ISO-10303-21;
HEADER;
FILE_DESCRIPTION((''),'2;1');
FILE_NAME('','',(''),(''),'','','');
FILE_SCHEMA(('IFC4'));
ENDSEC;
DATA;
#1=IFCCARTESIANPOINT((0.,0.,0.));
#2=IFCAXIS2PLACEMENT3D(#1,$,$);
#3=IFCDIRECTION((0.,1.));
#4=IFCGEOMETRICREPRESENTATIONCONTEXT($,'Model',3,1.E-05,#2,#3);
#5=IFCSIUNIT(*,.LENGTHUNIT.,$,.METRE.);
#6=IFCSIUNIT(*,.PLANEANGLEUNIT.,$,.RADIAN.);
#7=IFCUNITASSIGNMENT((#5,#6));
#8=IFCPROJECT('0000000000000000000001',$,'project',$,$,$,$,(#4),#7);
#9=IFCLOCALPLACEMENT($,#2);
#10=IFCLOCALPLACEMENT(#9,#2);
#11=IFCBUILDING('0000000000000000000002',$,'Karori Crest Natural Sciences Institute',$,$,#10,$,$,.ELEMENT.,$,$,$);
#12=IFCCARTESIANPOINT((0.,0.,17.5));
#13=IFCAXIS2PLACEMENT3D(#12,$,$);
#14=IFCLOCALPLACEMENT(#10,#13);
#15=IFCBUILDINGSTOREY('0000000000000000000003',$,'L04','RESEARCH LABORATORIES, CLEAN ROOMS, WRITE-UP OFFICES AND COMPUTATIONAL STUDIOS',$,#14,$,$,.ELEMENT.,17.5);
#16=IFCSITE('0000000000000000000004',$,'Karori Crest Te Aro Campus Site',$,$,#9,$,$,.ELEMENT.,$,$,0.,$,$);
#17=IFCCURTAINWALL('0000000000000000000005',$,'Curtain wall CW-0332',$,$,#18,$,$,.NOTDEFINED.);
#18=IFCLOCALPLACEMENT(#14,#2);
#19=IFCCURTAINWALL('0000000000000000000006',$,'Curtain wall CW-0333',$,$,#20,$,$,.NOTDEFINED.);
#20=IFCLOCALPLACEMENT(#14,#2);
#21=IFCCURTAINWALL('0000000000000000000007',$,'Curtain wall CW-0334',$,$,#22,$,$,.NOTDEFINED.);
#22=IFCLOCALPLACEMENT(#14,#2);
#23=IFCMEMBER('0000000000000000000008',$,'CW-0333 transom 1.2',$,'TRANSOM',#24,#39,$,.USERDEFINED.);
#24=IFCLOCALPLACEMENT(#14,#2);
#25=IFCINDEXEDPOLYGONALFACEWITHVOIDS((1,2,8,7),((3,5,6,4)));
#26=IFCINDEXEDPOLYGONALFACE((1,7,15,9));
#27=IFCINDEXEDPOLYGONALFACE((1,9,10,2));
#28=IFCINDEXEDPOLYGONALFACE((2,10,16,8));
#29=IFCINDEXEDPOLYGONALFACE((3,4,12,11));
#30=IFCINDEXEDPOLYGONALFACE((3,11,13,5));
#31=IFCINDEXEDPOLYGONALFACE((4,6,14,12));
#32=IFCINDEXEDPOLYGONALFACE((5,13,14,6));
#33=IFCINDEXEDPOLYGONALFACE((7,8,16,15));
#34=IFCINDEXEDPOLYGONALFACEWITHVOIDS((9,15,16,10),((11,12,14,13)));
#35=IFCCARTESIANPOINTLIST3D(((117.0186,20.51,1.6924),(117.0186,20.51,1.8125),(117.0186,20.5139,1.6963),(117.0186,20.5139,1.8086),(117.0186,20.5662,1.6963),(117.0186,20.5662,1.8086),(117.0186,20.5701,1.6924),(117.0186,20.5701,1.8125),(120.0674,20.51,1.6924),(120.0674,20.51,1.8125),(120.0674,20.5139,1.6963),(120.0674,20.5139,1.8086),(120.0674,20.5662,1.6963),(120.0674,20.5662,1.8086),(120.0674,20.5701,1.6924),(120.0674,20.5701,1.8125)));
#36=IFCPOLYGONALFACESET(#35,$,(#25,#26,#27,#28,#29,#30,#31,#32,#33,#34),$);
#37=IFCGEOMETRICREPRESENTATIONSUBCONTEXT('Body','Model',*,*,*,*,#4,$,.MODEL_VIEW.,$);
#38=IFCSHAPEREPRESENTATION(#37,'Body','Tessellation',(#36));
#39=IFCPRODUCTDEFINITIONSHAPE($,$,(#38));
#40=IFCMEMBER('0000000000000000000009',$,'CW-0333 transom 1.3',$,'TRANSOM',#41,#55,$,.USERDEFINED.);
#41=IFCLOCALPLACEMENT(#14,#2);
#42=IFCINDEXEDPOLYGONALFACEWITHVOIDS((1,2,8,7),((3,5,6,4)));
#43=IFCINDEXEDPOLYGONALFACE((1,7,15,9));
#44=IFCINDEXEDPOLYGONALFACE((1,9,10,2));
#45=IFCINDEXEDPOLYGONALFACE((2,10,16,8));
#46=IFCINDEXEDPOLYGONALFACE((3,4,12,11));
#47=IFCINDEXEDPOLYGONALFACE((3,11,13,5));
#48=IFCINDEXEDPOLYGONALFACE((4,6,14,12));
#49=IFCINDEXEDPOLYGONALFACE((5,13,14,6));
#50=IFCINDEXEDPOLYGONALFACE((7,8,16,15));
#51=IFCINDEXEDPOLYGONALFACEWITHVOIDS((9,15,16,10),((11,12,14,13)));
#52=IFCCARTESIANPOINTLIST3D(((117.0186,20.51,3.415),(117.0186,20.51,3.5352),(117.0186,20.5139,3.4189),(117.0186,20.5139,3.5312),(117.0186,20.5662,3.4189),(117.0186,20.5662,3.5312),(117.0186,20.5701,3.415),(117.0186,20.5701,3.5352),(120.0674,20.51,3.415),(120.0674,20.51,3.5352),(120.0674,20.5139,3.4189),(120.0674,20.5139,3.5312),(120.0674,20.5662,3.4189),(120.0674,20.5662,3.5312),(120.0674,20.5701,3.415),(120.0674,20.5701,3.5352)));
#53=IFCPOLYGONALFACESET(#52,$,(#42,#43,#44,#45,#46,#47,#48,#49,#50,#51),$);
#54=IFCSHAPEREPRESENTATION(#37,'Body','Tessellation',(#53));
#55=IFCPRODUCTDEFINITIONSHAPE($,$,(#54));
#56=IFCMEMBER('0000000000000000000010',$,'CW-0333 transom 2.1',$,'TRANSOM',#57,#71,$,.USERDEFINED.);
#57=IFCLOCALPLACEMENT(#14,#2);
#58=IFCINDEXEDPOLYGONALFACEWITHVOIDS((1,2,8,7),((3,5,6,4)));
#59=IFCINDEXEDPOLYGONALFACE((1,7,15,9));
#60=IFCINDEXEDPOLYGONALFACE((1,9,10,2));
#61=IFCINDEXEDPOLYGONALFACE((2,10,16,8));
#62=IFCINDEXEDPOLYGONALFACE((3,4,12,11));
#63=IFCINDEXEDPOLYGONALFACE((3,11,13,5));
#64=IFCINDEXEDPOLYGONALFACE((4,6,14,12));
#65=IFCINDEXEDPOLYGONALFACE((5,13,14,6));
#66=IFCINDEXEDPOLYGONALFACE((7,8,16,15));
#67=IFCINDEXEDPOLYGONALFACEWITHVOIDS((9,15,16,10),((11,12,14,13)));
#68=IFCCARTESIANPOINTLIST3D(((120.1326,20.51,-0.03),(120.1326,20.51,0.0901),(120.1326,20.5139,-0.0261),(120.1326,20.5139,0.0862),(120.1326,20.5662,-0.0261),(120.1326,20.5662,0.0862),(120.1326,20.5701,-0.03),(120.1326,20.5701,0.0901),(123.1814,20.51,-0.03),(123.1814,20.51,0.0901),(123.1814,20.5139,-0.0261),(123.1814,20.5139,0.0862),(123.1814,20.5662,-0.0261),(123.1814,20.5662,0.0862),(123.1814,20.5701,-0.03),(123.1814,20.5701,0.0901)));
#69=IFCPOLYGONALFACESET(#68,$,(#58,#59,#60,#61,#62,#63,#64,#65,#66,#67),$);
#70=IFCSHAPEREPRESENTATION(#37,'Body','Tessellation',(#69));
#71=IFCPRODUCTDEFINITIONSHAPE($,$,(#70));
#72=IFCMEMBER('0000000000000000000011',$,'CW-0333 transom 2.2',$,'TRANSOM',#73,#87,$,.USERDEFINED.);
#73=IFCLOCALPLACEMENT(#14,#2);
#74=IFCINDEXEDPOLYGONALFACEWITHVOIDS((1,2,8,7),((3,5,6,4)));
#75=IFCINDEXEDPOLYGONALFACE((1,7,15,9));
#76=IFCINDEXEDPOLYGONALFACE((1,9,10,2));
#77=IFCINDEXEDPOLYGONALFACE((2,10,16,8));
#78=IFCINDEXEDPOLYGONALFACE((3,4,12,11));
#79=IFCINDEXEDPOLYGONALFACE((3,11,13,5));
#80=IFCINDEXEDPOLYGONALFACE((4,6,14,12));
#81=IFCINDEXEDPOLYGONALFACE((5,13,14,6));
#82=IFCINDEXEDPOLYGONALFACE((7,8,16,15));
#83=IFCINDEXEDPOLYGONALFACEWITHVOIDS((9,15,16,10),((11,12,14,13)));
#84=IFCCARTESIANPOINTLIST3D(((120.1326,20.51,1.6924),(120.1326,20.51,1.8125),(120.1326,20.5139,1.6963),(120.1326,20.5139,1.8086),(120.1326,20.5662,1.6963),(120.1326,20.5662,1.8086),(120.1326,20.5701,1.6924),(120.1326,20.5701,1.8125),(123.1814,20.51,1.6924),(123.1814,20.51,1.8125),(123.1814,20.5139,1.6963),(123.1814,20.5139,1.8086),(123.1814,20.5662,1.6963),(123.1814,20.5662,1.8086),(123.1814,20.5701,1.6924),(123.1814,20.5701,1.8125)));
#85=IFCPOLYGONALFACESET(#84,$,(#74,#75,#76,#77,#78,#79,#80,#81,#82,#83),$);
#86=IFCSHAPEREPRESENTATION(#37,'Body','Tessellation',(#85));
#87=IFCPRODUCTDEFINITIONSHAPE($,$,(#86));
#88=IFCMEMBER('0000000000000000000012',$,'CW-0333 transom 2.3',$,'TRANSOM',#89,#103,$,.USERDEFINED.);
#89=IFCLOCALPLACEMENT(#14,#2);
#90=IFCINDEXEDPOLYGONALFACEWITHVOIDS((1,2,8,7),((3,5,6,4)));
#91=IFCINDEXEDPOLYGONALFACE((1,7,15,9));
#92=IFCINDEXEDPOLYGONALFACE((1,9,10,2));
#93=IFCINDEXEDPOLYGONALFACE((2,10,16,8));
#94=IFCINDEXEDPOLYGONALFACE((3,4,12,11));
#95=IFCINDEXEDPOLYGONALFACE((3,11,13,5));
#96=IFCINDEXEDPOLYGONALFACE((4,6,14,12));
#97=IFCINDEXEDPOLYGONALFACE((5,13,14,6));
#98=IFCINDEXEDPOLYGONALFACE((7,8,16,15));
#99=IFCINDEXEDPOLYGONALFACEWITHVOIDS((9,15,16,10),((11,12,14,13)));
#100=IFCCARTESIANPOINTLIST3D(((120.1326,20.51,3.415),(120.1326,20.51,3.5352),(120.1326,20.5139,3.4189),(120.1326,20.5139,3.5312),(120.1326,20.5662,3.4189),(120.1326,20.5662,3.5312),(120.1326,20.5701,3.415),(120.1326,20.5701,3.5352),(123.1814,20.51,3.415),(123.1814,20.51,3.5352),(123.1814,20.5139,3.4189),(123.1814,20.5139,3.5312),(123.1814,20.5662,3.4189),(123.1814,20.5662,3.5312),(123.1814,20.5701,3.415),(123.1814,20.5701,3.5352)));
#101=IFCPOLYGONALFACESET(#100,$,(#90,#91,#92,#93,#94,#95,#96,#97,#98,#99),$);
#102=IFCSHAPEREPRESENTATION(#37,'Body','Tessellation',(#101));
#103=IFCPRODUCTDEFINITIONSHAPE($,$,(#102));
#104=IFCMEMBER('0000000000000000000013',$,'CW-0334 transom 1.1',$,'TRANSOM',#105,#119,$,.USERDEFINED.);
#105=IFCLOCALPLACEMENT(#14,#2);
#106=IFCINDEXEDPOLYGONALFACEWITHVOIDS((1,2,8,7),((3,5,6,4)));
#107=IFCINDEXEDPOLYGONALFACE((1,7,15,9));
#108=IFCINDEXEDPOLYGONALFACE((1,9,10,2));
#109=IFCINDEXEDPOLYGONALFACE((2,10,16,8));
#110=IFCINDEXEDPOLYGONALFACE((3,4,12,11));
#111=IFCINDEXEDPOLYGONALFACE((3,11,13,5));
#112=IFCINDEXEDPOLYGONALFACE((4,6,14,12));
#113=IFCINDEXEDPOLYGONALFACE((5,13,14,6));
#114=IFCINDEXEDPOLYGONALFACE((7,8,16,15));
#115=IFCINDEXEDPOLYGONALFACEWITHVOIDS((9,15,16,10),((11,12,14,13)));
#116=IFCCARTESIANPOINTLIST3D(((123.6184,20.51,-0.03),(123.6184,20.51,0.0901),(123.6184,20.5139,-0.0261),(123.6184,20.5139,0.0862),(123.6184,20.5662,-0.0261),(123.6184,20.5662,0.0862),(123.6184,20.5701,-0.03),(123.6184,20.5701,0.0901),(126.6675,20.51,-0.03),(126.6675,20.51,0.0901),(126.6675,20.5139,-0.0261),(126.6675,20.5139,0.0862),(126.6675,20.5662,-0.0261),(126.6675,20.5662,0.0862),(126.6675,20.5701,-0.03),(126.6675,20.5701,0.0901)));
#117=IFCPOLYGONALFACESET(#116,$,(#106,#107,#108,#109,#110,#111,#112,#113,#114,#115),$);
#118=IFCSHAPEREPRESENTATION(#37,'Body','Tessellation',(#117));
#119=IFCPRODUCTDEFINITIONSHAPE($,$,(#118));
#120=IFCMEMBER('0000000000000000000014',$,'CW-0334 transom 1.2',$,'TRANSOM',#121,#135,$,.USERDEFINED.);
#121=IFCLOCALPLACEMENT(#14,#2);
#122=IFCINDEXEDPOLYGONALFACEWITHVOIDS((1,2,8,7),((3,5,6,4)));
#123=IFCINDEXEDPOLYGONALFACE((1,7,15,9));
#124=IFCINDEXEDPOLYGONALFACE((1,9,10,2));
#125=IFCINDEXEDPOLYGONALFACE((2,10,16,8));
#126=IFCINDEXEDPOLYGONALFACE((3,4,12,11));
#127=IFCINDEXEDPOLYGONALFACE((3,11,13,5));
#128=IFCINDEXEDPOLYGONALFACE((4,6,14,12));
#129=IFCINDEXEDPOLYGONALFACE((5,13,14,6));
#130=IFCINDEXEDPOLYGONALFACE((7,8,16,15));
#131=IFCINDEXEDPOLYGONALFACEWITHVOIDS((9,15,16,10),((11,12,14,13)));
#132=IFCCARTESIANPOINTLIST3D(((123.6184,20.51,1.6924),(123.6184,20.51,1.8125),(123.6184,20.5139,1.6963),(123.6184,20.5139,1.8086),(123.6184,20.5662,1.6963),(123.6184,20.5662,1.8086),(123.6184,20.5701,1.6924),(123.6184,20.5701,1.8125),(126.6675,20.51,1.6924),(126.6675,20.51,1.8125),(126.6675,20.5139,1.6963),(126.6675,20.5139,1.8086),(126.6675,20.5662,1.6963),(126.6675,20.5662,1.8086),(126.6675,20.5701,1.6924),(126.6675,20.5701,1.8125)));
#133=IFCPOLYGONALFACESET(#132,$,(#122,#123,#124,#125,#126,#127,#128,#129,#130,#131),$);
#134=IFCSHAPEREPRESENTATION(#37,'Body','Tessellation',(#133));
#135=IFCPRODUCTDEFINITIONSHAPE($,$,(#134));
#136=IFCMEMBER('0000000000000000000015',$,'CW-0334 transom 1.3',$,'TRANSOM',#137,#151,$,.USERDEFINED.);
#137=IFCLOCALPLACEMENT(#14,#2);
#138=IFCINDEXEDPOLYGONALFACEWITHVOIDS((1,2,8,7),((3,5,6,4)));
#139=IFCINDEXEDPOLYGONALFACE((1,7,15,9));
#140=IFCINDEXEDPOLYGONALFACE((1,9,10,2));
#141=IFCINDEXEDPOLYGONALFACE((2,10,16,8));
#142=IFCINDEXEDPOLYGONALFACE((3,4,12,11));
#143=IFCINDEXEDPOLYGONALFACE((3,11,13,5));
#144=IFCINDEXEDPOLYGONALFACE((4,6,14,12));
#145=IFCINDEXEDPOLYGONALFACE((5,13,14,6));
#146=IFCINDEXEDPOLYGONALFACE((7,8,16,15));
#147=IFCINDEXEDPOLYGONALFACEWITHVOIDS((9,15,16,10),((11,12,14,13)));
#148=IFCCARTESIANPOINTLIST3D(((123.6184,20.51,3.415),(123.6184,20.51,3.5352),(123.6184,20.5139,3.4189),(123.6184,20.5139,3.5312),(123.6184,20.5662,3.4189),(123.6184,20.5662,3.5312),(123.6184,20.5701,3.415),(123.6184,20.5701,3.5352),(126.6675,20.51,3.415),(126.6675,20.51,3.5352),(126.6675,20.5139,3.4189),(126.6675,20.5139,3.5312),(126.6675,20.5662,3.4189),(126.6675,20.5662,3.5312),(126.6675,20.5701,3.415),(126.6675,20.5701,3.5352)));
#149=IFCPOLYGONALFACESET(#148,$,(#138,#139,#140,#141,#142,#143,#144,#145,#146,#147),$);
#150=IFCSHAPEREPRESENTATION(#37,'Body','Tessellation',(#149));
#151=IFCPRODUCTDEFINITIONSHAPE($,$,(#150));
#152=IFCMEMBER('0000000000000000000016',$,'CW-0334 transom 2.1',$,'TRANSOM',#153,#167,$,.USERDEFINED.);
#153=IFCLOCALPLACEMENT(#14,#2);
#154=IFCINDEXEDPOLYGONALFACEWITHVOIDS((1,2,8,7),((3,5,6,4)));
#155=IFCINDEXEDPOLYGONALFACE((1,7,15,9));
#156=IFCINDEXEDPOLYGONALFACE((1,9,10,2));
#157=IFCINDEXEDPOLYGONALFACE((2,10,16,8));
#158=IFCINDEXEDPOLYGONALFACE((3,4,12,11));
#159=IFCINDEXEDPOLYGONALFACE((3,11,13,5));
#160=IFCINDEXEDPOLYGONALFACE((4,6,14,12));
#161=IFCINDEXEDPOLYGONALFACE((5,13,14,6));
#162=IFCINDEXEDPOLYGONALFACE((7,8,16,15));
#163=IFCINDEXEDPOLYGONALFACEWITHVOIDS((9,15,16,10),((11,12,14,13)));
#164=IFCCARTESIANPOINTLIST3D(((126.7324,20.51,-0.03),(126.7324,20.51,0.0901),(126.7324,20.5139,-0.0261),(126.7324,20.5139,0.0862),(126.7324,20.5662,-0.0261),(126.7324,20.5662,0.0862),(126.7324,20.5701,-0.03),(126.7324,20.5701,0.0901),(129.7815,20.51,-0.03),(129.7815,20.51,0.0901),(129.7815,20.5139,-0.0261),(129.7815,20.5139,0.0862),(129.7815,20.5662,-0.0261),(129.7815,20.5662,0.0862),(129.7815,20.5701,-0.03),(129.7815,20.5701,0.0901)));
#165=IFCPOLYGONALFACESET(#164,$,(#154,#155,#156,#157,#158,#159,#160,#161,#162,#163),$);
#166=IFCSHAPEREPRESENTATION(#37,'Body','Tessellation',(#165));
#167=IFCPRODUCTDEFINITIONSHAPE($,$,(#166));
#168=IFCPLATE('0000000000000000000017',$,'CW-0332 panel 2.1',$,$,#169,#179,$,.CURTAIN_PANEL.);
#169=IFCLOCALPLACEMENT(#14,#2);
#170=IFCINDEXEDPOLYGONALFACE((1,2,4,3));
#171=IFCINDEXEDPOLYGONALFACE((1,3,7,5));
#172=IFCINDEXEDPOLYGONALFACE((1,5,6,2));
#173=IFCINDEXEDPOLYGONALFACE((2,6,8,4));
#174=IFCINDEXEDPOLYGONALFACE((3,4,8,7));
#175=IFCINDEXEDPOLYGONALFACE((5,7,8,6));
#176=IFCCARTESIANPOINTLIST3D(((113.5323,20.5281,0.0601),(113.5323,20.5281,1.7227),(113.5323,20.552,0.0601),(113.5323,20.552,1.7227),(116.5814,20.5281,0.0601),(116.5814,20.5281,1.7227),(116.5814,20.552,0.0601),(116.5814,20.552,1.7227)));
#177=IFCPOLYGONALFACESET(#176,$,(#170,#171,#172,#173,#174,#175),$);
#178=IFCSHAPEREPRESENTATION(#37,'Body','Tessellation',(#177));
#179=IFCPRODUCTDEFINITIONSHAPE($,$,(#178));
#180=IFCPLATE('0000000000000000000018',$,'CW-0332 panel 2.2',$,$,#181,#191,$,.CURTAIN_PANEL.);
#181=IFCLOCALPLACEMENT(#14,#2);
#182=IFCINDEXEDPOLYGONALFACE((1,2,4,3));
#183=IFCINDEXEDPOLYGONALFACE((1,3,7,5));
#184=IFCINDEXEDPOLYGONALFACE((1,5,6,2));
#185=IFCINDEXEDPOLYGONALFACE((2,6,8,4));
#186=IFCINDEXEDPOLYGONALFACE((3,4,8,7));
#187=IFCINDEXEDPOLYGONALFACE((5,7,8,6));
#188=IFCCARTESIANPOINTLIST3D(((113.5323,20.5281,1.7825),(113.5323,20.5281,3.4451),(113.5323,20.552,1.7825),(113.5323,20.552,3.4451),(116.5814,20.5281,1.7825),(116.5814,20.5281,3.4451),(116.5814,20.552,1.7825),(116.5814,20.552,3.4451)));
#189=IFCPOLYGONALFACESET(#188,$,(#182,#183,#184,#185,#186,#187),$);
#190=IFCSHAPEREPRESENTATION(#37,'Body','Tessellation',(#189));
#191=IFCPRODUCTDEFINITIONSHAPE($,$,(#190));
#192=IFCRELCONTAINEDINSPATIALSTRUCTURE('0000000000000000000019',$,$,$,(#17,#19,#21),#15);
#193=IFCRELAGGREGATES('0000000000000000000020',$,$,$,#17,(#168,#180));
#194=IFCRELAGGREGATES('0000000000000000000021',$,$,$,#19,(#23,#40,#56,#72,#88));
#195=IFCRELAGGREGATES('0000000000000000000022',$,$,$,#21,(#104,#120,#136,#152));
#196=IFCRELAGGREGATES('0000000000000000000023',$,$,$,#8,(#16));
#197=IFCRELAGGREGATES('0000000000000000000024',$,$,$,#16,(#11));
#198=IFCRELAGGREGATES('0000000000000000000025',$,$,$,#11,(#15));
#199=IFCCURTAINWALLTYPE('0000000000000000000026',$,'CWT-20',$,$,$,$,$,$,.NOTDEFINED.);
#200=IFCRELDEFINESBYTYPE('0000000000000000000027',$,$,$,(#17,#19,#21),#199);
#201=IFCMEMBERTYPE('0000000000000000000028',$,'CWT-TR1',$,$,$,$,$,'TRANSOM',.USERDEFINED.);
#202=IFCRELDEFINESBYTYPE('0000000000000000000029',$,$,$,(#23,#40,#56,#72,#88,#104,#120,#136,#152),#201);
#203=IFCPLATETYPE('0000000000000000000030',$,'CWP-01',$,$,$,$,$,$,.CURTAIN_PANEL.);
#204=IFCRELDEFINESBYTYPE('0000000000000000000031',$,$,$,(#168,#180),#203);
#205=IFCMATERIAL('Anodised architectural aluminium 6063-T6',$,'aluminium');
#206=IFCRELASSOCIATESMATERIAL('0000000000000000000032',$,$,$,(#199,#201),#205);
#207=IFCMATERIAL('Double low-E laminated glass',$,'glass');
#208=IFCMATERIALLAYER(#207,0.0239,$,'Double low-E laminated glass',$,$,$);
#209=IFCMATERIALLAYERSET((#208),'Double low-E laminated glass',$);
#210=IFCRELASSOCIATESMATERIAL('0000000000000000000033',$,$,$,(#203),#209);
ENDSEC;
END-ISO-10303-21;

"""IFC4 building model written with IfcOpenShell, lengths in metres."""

from ifc_helpers import new_model, si_unit, direction, frame, origin, origin_2d, place, context, subcontext, project, spatial, rectangle, hollow_rectangle, extrude, material, layer, layer_set, material_profile, profile_set, type_object, element, aggregate, save


model = new_model("IFC4")

# Units and contexts
model_context = context("Model", 3, precision=1e-05, world=origin(), true_north=direction((0.0, 1.0)))
body_context = subcontext(model_context, "Body", "Model", "MODEL_VIEW")
ifc_project = project(units=[si_unit("LENGTHUNIT", "METRE"), si_unit("PLANEANGLEUNIT", "RADIAN")], contexts=[model_context])

# Site, building, storey
site_placement = place(None, origin())
site = spatial("IfcSite", under=ifc_project, at=site_placement, Name="Karori Crest Te Aro Campus Site", CompositionType="ELEMENT", RefElevation=0.0)
building_placement = place(site_placement, origin())
building = spatial("IfcBuilding", under=site, at=building_placement, Name="Karori Crest Natural Sciences Institute", CompositionType="ELEMENT")
storey_placement = place(building_placement, frame((0.0, 0.0, 17.5)))
storey = spatial("IfcBuildingStorey", under=building, at=storey_placement, Name="L04", Description="RESEARCH LABORATORIES, CLEAN ROOMS, WRITE-UP OFFICES AND COMPUTATIONAL STUDIOS", CompositionType="ELEMENT", Elevation=17.5)

# Curtain wall
ifc_material_1 = material(Name="Anodised architectural aluminium 6063-T6", Category="aluminium")
curtain_wall_type = type_object("IfcCurtainWallType", Name="CWT-20", PredefinedType="NOTDEFINED", material=ifc_material_1)
curtain_wall_1_placement = place(storey_placement, origin())
curtain_wall_1 = element("IfcCurtainWall", 1, at=curtain_wall_1_placement, inside=storey, type_object=curtain_wall_type, Name="Curtain wall CW-0332", PredefinedType="NOTDEFINED")

# Curtain walls
curtain_wall_2_placement = place(storey_placement, origin())
curtain_wall_2 = element("IfcCurtainWall", 2, at=curtain_wall_2_placement, inside=storey, type_object=curtain_wall_type, Name="Curtain wall CW-0333", PredefinedType="NOTDEFINED")
curtain_wall_3_placement = place(storey_placement, origin())
curtain_wall_3 = element("IfcCurtainWall", 3, at=curtain_wall_3_placement, inside=storey, type_object=curtain_wall_type, Name="Curtain wall CW-0334", PredefinedType="NOTDEFINED")

# Members
ifc_material_profile_1 = material_profile(ifc_material_1, hollow_rectangle(XDim=0.0601, YDim=0.1201, WallThickness=0.0039, at=origin_2d()), Name="CWT120x60x4")
ifc_profile_set_1 = profile_set([ifc_material_profile_1], Name="Anodised architectural aluminium 6063-T6")
member_type_1 = type_object("IfcMemberType", Name="CWT-TR1", ElementType="TRANSOM", PredefinedType="USERDEFINED", material=ifc_profile_set_1)
member_1_placement = place(storey_placement, frame((117.0186, 20.54, 1.7524), z_axis=(1.0, 0.0, 0.0), x_axis=(0.0, 1.0, 0.0)))
member_1 = element("IfcMember", 4, at=member_1_placement, type_object=member_type_1, Name="CW-0333 transom 1.2", ObjectType="TRANSOM", PredefinedType="USERDEFINED", context=body_context, shape_type="SweptSolid", body=[
    extrude(hollow_rectangle(XDim=0.0601, YDim=0.1201, WallThickness=0.0039, at=origin_2d()), origin(), (0.0, 0.0, 1.0), 3.0488),
])
member_2_placement = place(storey_placement, frame((117.0186, 20.54, 3.4751), z_axis=(1.0, 0.0, 0.0), x_axis=(0.0, 1.0, 0.0)))
member_2 = element("IfcMember", 5, at=member_2_placement, type_object=member_type_1, Name="CW-0333 transom 1.3", ObjectType="TRANSOM", PredefinedType="USERDEFINED", context=body_context, shape_type="SweptSolid", body=[
    extrude(hollow_rectangle(XDim=0.0601, YDim=0.1201, WallThickness=0.0039, at=origin_2d()), origin(), (0.0, 0.0, 1.0), 3.0488),
])
member_3_placement = place(storey_placement, frame((120.1326, 20.54, 0.03), z_axis=(1.0, 0.0, 0.0), x_axis=(0.0, 1.0, 0.0)))
member_3 = element("IfcMember", 6, at=member_3_placement, type_object=member_type_1, Name="CW-0333 transom 2.1", ObjectType="TRANSOM", PredefinedType="USERDEFINED", context=body_context, shape_type="SweptSolid", body=[
    extrude(hollow_rectangle(XDim=0.0601, YDim=0.1201, WallThickness=0.0039, at=origin_2d()), origin(), (0.0, 0.0, 1.0), 3.0488),
])
member_4_placement = place(storey_placement, frame((120.1326, 20.54, 1.7524), z_axis=(1.0, 0.0, 0.0), x_axis=(0.0, 1.0, 0.0)))
member_4 = element("IfcMember", 7, at=member_4_placement, type_object=member_type_1, Name="CW-0333 transom 2.2", ObjectType="TRANSOM", PredefinedType="USERDEFINED", context=body_context, shape_type="SweptSolid", body=[
    extrude(hollow_rectangle(XDim=0.0601, YDim=0.1201, WallThickness=0.0039, at=origin_2d()), origin(), (0.0, 0.0, 1.0), 3.0488),
])
member_5_placement = place(storey_placement, frame((120.1326, 20.54, 3.4751), z_axis=(1.0, 0.0, 0.0), x_axis=(0.0, 1.0, 0.0)))
member_5 = element("IfcMember", 8, at=member_5_placement, type_object=member_type_1, Name="CW-0333 transom 2.3", ObjectType="TRANSOM", PredefinedType="USERDEFINED", context=body_context, shape_type="SweptSolid", body=[
    extrude(hollow_rectangle(XDim=0.0601, YDim=0.1201, WallThickness=0.0039, at=origin_2d()), origin(), (0.0, 0.0, 1.0), 3.0488),
])
member_6_placement = place(storey_placement, frame((123.6184, 20.54, 0.03), z_axis=(1.0, 0.0, 0.0), x_axis=(0.0, 1.0, 0.0)))
member_6 = element("IfcMember", 9, at=member_6_placement, type_object=member_type_1, Name="CW-0334 transom 1.1", ObjectType="TRANSOM", PredefinedType="USERDEFINED", context=body_context, shape_type="SweptSolid", body=[
    extrude(hollow_rectangle(XDim=0.0601, YDim=0.1201, WallThickness=0.0039, at=origin_2d()), origin(), (0.0, 0.0, 1.0), 3.0491),
])
member_7_placement = place(storey_placement, frame((123.6184, 20.54, 1.7524), z_axis=(1.0, 0.0, 0.0), x_axis=(0.0, 1.0, 0.0)))
member_7 = element("IfcMember", 10, at=member_7_placement, type_object=member_type_1, Name="CW-0334 transom 1.2", ObjectType="TRANSOM", PredefinedType="USERDEFINED", context=body_context, shape_type="SweptSolid", body=[
    extrude(hollow_rectangle(XDim=0.0601, YDim=0.1201, WallThickness=0.0039, at=origin_2d()), origin(), (0.0, 0.0, 1.0), 3.0491),
])
member_8_placement = place(storey_placement, frame((123.6184, 20.54, 3.4751), z_axis=(1.0, 0.0, 0.0), x_axis=(0.0, 1.0, 0.0)))
member_8 = element("IfcMember", 11, at=member_8_placement, type_object=member_type_1, Name="CW-0334 transom 1.3", ObjectType="TRANSOM", PredefinedType="USERDEFINED", context=body_context, shape_type="SweptSolid", body=[
    extrude(hollow_rectangle(XDim=0.0601, YDim=0.1201, WallThickness=0.0039, at=origin_2d()), origin(), (0.0, 0.0, 1.0), 3.0491),
])
member_9_placement = place(storey_placement, frame((126.7324, 20.54, 0.03), z_axis=(1.0, 0.0, 0.0), x_axis=(0.0, 1.0, 0.0)))
member_9 = element("IfcMember", 12, at=member_9_placement, type_object=member_type_1, Name="CW-0334 transom 2.1", ObjectType="TRANSOM", PredefinedType="USERDEFINED", context=body_context, shape_type="SweptSolid", body=[
    extrude(hollow_rectangle(XDim=0.0601, YDim=0.1201, WallThickness=0.0039, at=origin_2d()), origin(), (0.0, 0.0, 1.0), 3.0491),
])

# Plates
ifc_material_2 = material(Name="Double low-E laminated glass", Category="glass")
ifc_layer = layer(ifc_material_2, 0.0239, Name="Double low-E laminated glass")
ifc_layer_set = layer_set([ifc_layer], Name="Double low-E laminated glass")
plate_type = type_object("IfcPlateType", Name="CWP-01", PredefinedType="CURTAIN_PANEL", material=ifc_layer_set)
plate_1_placement = place(storey_placement, frame((115.0569, 20.54, 0.0601), z_axis=(0.0, 0.0, 1.0), x_axis=(1.0, 0.0, 0.0)))
plate_1 = element("IfcPlate", 13, at=plate_1_placement, type_object=plate_type, Name="CW-0332 panel 2.1", PredefinedType="CURTAIN_PANEL", context=body_context, shape_type="SweptSolid", body=[
    extrude(rectangle(XDim=3.0491, YDim=0.0239, at=origin_2d()), origin(), (0.0, 0.0, 1.0), 1.6626),
])
plate_2_placement = place(storey_placement, frame((115.0569, 20.54, 1.7825), z_axis=(0.0, 0.0, 1.0), x_axis=(1.0, 0.0, 0.0)))
plate_2 = element("IfcPlate", 14, at=plate_2_placement, type_object=plate_type, Name="CW-0332 panel 2.2", PredefinedType="CURTAIN_PANEL", context=body_context, shape_type="SweptSolid", body=[
    extrude(rectangle(XDim=3.0491, YDim=0.0239, at=origin_2d()), origin(), (0.0, 0.0, 1.0), 1.6626),
])
aggregate(curtain_wall_1, [plate_1, plate_2])
aggregate(curtain_wall_2, [member_1, member_2, member_3, member_4, member_5])
aggregate(curtain_wall_3, [member_6, member_7, member_8, member_9])

save(model, "model.ifc")
